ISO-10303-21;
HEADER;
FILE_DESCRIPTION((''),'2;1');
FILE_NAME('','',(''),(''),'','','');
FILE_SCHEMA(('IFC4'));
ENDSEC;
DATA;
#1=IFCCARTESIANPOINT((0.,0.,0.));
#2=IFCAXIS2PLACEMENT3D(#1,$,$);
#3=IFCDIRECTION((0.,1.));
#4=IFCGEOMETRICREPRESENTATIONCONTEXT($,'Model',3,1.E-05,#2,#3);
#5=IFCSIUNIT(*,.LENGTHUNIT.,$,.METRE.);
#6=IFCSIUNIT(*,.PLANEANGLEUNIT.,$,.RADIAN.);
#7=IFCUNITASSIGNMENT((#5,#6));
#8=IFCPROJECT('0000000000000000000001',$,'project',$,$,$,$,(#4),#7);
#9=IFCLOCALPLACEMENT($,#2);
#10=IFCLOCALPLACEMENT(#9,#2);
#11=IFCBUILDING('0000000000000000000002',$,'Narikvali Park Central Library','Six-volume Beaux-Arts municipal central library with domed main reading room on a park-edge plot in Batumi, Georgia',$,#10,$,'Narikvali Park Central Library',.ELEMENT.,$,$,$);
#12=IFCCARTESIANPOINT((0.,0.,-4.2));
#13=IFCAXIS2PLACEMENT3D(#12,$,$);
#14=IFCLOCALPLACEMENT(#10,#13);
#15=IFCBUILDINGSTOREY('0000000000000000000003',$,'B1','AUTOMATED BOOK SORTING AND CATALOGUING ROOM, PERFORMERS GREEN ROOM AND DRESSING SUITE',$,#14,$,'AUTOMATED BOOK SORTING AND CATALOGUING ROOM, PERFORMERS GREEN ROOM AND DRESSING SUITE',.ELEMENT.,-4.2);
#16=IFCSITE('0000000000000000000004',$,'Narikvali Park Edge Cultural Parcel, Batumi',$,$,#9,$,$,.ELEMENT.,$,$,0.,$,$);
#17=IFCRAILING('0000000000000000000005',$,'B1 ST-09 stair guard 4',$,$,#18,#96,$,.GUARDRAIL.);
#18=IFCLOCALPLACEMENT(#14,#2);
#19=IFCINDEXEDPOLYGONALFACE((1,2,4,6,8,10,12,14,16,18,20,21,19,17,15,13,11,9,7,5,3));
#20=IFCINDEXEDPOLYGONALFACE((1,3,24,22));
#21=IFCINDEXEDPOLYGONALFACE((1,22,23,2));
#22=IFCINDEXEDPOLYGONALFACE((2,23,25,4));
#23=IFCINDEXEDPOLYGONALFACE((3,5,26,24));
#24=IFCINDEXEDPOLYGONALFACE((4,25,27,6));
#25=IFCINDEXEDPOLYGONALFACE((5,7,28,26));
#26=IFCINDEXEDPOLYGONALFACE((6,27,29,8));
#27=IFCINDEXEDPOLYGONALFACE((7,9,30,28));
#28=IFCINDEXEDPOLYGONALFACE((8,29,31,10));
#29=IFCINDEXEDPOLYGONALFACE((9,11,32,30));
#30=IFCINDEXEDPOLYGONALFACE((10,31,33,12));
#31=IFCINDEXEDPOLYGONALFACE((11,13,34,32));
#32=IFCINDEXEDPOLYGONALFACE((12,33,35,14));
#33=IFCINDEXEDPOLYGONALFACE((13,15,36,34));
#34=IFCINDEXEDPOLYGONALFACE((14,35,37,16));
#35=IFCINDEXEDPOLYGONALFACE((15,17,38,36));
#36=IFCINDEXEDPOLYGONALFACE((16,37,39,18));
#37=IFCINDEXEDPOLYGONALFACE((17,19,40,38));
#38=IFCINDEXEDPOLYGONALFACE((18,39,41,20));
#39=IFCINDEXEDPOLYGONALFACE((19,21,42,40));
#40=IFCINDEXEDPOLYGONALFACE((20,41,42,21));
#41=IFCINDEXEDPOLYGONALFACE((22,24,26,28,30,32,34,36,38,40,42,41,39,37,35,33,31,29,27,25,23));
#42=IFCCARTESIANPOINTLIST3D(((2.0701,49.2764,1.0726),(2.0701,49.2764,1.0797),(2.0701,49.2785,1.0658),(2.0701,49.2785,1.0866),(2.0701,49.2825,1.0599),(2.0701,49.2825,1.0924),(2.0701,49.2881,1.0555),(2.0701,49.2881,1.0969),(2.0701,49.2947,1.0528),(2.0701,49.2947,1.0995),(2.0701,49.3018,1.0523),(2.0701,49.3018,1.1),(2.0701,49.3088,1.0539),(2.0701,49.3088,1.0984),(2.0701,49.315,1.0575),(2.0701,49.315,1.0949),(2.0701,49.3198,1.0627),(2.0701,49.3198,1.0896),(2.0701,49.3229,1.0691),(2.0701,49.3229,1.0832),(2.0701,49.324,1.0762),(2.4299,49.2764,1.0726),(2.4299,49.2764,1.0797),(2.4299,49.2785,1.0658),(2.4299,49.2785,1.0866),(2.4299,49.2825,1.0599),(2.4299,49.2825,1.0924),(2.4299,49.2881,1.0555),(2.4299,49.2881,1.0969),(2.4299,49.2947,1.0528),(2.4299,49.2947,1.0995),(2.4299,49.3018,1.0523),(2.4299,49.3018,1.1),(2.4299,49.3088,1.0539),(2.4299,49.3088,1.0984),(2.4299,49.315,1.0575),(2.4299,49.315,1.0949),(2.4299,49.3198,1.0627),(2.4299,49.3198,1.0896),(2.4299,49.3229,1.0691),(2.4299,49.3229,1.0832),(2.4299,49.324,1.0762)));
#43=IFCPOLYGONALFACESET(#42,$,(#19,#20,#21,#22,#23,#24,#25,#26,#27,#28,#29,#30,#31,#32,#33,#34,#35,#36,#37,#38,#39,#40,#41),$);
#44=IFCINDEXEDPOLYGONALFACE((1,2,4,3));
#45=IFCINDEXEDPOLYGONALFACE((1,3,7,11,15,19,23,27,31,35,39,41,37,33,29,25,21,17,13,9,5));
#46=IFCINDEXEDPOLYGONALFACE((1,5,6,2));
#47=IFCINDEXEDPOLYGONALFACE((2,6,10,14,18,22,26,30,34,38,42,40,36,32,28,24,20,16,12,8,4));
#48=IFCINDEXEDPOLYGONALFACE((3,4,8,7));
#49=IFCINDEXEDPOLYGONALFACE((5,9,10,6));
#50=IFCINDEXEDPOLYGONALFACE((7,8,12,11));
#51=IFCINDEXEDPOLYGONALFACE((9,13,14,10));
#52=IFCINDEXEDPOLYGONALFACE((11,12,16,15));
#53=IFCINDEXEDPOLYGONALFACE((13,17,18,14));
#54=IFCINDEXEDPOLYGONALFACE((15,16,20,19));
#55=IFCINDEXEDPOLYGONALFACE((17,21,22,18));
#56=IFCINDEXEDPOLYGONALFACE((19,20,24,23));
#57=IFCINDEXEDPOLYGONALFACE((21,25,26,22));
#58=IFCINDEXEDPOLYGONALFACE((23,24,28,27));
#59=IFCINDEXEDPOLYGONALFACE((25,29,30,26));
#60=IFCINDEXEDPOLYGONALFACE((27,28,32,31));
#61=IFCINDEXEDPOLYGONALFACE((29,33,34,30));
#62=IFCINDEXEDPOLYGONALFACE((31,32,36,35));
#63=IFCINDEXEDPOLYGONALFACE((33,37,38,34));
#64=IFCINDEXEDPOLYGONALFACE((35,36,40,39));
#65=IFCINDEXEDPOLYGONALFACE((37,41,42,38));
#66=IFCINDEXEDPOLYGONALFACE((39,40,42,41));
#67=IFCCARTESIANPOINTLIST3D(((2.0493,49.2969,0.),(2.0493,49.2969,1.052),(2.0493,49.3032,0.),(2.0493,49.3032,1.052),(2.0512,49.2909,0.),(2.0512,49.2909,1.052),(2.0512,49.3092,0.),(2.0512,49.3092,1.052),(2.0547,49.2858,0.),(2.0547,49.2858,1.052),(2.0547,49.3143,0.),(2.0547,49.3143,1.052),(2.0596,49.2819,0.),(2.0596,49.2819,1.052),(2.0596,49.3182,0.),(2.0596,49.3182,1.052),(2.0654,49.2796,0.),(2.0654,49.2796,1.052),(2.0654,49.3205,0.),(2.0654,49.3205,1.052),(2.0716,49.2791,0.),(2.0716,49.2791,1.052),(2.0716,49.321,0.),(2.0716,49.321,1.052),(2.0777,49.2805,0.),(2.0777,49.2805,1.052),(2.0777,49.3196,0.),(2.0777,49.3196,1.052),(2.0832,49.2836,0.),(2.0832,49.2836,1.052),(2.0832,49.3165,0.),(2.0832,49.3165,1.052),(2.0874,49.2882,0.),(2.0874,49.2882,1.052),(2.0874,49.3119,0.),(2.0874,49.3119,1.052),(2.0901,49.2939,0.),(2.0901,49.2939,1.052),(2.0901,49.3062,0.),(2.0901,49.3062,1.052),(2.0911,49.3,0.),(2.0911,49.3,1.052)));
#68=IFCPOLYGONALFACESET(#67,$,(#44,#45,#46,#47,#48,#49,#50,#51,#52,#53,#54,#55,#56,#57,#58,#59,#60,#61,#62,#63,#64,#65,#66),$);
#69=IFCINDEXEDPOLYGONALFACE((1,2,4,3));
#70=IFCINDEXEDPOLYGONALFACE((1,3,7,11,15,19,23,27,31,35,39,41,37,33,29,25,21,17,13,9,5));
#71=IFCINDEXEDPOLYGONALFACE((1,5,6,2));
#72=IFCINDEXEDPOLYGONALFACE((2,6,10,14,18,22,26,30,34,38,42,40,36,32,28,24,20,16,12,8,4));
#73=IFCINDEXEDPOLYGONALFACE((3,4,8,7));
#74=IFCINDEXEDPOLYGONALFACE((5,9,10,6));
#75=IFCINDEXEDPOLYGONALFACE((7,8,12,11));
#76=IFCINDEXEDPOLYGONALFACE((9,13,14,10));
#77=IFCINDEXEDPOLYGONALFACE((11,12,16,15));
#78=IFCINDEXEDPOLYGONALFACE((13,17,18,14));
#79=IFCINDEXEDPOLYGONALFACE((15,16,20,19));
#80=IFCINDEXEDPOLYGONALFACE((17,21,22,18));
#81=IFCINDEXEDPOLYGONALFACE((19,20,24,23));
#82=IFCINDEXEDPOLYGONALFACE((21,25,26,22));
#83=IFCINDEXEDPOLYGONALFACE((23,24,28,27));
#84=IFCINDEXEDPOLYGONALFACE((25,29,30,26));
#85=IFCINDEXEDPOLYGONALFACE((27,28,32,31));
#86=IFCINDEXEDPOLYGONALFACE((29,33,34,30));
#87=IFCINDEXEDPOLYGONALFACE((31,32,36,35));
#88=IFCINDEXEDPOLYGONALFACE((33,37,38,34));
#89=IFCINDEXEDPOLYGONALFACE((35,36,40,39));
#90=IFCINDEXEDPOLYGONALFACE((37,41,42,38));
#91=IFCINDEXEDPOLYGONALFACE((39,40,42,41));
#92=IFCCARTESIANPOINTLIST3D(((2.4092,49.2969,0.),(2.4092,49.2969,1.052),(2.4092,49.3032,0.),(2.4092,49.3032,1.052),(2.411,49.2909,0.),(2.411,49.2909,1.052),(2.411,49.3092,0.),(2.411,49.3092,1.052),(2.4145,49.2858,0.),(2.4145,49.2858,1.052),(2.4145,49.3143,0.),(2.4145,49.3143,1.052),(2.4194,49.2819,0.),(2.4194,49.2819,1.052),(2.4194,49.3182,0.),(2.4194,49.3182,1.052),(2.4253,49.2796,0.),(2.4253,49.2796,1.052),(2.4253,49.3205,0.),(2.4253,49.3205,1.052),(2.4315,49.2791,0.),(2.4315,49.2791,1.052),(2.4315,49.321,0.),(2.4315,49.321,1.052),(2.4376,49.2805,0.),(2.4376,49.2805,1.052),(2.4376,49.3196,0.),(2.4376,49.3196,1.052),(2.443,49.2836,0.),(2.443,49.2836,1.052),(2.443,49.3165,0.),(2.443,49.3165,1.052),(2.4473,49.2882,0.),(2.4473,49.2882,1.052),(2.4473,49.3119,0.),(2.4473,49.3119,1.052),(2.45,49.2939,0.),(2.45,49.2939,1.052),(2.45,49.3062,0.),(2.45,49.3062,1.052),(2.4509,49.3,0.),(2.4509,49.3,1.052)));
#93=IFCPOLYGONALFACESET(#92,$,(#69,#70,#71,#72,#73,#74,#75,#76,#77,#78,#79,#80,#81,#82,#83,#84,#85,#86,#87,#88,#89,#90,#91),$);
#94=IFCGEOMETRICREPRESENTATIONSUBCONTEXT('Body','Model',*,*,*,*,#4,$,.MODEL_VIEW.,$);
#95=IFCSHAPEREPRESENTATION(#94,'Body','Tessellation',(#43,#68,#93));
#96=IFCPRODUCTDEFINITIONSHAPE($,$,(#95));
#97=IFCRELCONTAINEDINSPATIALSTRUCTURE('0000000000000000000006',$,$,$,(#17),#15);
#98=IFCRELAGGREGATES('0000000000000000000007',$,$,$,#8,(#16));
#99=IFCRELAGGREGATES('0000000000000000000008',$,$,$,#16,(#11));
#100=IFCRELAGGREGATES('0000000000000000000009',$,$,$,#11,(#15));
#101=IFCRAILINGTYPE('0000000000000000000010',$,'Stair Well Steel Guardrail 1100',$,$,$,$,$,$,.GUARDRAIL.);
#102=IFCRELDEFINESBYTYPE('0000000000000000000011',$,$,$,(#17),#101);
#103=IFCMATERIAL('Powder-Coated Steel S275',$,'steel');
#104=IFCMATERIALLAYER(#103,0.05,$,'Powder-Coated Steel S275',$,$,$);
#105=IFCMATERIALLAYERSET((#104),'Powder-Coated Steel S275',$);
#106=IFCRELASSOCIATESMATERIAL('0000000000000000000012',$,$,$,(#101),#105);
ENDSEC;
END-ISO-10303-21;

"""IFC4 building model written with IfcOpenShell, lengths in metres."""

from ifc_helpers import new_model, si_unit, direction, frame, origin, origin_2d, place, context, subcontext, project, spatial, circle, extrude, material, layer, layer_set, type_object, element, save


model = new_model("IFC4")

# Units and contexts
model_context = context("Model", 3, precision=1e-05, world=origin(), true_north=direction((0.0, 1.0)))
body_context = subcontext(model_context, "Body", "Model", "MODEL_VIEW")
ifc_project = project(units=[si_unit("LENGTHUNIT", "METRE"), si_unit("PLANEANGLEUNIT", "RADIAN")], contexts=[model_context])

# Site, building, storey
site_placement = place(None, origin())
site = spatial("IfcSite", under=ifc_project, at=site_placement, Name="Narikvali Park Edge Cultural Parcel, Batumi", CompositionType="ELEMENT", RefElevation=0.0)
building_placement = place(site_placement, origin())
building = spatial("IfcBuilding", under=site, at=building_placement, Name="Narikvali Park Central Library", Description="Six-volume Beaux-Arts municipal central library with domed main reading room on a park-edge plot in Batumi, Georgia", LongName="Narikvali Park Central Library", CompositionType="ELEMENT")
storey_placement = place(building_placement, frame((0.0, 0.0, -4.2)))
storey = spatial("IfcBuildingStorey", under=building, at=storey_placement, Name="B1", Description="AUTOMATED BOOK SORTING AND CATALOGUING ROOM, PERFORMERS GREEN ROOM AND DRESSING SUITE", LongName="AUTOMATED BOOK SORTING AND CATALOGUING ROOM, PERFORMERS GREEN ROOM AND DRESSING SUITE", CompositionType="ELEMENT", Elevation=-4.2)

# Railing
ifc_material_1 = material(Name="Powder-Coated Steel S275", Category="steel")
ifc_layer_1 = layer(ifc_material_1, 0.05, Name="Powder-Coated Steel S275")
ifc_layer_set_1 = layer_set([ifc_layer_1], Name="Powder-Coated Steel S275")
railing_type_1 = type_object("IfcRailingType", Name="Stair Well Steel Guardrail 1100", PredefinedType="GUARDRAIL", material=ifc_layer_set_1)
railing_1_placement = place(storey_placement, frame((2.0701, 49.3, 0.0)))
element("IfcRailing", 1, at=railing_1_placement, inside=storey, type_object=railing_type_1, Name="B1 ST-09 stair guard 4", PredefinedType="GUARDRAIL", context=body_context, shape_type="SweptSolid", body=[
    extrude(circle(Radius=0.0239, at=origin_2d()), frame((0.0, 0.0, 1.0762), z_axis=(1.0, 0.0, 0.0), x_axis=(0.0, 1.0, 0.0)), (0.0, 0.0, 1.0), 0.3599),
    extrude(circle(Radius=0.021, at=origin_2d()), origin(), (0.0, 0.0, 1.0), 1.052),
    extrude(circle(Radius=0.021, at=origin_2d()), frame((0.3599, 0.0, 0.0)), (0.0, 0.0, 1.0), 1.052),
])

save(model, "model.ifc")
